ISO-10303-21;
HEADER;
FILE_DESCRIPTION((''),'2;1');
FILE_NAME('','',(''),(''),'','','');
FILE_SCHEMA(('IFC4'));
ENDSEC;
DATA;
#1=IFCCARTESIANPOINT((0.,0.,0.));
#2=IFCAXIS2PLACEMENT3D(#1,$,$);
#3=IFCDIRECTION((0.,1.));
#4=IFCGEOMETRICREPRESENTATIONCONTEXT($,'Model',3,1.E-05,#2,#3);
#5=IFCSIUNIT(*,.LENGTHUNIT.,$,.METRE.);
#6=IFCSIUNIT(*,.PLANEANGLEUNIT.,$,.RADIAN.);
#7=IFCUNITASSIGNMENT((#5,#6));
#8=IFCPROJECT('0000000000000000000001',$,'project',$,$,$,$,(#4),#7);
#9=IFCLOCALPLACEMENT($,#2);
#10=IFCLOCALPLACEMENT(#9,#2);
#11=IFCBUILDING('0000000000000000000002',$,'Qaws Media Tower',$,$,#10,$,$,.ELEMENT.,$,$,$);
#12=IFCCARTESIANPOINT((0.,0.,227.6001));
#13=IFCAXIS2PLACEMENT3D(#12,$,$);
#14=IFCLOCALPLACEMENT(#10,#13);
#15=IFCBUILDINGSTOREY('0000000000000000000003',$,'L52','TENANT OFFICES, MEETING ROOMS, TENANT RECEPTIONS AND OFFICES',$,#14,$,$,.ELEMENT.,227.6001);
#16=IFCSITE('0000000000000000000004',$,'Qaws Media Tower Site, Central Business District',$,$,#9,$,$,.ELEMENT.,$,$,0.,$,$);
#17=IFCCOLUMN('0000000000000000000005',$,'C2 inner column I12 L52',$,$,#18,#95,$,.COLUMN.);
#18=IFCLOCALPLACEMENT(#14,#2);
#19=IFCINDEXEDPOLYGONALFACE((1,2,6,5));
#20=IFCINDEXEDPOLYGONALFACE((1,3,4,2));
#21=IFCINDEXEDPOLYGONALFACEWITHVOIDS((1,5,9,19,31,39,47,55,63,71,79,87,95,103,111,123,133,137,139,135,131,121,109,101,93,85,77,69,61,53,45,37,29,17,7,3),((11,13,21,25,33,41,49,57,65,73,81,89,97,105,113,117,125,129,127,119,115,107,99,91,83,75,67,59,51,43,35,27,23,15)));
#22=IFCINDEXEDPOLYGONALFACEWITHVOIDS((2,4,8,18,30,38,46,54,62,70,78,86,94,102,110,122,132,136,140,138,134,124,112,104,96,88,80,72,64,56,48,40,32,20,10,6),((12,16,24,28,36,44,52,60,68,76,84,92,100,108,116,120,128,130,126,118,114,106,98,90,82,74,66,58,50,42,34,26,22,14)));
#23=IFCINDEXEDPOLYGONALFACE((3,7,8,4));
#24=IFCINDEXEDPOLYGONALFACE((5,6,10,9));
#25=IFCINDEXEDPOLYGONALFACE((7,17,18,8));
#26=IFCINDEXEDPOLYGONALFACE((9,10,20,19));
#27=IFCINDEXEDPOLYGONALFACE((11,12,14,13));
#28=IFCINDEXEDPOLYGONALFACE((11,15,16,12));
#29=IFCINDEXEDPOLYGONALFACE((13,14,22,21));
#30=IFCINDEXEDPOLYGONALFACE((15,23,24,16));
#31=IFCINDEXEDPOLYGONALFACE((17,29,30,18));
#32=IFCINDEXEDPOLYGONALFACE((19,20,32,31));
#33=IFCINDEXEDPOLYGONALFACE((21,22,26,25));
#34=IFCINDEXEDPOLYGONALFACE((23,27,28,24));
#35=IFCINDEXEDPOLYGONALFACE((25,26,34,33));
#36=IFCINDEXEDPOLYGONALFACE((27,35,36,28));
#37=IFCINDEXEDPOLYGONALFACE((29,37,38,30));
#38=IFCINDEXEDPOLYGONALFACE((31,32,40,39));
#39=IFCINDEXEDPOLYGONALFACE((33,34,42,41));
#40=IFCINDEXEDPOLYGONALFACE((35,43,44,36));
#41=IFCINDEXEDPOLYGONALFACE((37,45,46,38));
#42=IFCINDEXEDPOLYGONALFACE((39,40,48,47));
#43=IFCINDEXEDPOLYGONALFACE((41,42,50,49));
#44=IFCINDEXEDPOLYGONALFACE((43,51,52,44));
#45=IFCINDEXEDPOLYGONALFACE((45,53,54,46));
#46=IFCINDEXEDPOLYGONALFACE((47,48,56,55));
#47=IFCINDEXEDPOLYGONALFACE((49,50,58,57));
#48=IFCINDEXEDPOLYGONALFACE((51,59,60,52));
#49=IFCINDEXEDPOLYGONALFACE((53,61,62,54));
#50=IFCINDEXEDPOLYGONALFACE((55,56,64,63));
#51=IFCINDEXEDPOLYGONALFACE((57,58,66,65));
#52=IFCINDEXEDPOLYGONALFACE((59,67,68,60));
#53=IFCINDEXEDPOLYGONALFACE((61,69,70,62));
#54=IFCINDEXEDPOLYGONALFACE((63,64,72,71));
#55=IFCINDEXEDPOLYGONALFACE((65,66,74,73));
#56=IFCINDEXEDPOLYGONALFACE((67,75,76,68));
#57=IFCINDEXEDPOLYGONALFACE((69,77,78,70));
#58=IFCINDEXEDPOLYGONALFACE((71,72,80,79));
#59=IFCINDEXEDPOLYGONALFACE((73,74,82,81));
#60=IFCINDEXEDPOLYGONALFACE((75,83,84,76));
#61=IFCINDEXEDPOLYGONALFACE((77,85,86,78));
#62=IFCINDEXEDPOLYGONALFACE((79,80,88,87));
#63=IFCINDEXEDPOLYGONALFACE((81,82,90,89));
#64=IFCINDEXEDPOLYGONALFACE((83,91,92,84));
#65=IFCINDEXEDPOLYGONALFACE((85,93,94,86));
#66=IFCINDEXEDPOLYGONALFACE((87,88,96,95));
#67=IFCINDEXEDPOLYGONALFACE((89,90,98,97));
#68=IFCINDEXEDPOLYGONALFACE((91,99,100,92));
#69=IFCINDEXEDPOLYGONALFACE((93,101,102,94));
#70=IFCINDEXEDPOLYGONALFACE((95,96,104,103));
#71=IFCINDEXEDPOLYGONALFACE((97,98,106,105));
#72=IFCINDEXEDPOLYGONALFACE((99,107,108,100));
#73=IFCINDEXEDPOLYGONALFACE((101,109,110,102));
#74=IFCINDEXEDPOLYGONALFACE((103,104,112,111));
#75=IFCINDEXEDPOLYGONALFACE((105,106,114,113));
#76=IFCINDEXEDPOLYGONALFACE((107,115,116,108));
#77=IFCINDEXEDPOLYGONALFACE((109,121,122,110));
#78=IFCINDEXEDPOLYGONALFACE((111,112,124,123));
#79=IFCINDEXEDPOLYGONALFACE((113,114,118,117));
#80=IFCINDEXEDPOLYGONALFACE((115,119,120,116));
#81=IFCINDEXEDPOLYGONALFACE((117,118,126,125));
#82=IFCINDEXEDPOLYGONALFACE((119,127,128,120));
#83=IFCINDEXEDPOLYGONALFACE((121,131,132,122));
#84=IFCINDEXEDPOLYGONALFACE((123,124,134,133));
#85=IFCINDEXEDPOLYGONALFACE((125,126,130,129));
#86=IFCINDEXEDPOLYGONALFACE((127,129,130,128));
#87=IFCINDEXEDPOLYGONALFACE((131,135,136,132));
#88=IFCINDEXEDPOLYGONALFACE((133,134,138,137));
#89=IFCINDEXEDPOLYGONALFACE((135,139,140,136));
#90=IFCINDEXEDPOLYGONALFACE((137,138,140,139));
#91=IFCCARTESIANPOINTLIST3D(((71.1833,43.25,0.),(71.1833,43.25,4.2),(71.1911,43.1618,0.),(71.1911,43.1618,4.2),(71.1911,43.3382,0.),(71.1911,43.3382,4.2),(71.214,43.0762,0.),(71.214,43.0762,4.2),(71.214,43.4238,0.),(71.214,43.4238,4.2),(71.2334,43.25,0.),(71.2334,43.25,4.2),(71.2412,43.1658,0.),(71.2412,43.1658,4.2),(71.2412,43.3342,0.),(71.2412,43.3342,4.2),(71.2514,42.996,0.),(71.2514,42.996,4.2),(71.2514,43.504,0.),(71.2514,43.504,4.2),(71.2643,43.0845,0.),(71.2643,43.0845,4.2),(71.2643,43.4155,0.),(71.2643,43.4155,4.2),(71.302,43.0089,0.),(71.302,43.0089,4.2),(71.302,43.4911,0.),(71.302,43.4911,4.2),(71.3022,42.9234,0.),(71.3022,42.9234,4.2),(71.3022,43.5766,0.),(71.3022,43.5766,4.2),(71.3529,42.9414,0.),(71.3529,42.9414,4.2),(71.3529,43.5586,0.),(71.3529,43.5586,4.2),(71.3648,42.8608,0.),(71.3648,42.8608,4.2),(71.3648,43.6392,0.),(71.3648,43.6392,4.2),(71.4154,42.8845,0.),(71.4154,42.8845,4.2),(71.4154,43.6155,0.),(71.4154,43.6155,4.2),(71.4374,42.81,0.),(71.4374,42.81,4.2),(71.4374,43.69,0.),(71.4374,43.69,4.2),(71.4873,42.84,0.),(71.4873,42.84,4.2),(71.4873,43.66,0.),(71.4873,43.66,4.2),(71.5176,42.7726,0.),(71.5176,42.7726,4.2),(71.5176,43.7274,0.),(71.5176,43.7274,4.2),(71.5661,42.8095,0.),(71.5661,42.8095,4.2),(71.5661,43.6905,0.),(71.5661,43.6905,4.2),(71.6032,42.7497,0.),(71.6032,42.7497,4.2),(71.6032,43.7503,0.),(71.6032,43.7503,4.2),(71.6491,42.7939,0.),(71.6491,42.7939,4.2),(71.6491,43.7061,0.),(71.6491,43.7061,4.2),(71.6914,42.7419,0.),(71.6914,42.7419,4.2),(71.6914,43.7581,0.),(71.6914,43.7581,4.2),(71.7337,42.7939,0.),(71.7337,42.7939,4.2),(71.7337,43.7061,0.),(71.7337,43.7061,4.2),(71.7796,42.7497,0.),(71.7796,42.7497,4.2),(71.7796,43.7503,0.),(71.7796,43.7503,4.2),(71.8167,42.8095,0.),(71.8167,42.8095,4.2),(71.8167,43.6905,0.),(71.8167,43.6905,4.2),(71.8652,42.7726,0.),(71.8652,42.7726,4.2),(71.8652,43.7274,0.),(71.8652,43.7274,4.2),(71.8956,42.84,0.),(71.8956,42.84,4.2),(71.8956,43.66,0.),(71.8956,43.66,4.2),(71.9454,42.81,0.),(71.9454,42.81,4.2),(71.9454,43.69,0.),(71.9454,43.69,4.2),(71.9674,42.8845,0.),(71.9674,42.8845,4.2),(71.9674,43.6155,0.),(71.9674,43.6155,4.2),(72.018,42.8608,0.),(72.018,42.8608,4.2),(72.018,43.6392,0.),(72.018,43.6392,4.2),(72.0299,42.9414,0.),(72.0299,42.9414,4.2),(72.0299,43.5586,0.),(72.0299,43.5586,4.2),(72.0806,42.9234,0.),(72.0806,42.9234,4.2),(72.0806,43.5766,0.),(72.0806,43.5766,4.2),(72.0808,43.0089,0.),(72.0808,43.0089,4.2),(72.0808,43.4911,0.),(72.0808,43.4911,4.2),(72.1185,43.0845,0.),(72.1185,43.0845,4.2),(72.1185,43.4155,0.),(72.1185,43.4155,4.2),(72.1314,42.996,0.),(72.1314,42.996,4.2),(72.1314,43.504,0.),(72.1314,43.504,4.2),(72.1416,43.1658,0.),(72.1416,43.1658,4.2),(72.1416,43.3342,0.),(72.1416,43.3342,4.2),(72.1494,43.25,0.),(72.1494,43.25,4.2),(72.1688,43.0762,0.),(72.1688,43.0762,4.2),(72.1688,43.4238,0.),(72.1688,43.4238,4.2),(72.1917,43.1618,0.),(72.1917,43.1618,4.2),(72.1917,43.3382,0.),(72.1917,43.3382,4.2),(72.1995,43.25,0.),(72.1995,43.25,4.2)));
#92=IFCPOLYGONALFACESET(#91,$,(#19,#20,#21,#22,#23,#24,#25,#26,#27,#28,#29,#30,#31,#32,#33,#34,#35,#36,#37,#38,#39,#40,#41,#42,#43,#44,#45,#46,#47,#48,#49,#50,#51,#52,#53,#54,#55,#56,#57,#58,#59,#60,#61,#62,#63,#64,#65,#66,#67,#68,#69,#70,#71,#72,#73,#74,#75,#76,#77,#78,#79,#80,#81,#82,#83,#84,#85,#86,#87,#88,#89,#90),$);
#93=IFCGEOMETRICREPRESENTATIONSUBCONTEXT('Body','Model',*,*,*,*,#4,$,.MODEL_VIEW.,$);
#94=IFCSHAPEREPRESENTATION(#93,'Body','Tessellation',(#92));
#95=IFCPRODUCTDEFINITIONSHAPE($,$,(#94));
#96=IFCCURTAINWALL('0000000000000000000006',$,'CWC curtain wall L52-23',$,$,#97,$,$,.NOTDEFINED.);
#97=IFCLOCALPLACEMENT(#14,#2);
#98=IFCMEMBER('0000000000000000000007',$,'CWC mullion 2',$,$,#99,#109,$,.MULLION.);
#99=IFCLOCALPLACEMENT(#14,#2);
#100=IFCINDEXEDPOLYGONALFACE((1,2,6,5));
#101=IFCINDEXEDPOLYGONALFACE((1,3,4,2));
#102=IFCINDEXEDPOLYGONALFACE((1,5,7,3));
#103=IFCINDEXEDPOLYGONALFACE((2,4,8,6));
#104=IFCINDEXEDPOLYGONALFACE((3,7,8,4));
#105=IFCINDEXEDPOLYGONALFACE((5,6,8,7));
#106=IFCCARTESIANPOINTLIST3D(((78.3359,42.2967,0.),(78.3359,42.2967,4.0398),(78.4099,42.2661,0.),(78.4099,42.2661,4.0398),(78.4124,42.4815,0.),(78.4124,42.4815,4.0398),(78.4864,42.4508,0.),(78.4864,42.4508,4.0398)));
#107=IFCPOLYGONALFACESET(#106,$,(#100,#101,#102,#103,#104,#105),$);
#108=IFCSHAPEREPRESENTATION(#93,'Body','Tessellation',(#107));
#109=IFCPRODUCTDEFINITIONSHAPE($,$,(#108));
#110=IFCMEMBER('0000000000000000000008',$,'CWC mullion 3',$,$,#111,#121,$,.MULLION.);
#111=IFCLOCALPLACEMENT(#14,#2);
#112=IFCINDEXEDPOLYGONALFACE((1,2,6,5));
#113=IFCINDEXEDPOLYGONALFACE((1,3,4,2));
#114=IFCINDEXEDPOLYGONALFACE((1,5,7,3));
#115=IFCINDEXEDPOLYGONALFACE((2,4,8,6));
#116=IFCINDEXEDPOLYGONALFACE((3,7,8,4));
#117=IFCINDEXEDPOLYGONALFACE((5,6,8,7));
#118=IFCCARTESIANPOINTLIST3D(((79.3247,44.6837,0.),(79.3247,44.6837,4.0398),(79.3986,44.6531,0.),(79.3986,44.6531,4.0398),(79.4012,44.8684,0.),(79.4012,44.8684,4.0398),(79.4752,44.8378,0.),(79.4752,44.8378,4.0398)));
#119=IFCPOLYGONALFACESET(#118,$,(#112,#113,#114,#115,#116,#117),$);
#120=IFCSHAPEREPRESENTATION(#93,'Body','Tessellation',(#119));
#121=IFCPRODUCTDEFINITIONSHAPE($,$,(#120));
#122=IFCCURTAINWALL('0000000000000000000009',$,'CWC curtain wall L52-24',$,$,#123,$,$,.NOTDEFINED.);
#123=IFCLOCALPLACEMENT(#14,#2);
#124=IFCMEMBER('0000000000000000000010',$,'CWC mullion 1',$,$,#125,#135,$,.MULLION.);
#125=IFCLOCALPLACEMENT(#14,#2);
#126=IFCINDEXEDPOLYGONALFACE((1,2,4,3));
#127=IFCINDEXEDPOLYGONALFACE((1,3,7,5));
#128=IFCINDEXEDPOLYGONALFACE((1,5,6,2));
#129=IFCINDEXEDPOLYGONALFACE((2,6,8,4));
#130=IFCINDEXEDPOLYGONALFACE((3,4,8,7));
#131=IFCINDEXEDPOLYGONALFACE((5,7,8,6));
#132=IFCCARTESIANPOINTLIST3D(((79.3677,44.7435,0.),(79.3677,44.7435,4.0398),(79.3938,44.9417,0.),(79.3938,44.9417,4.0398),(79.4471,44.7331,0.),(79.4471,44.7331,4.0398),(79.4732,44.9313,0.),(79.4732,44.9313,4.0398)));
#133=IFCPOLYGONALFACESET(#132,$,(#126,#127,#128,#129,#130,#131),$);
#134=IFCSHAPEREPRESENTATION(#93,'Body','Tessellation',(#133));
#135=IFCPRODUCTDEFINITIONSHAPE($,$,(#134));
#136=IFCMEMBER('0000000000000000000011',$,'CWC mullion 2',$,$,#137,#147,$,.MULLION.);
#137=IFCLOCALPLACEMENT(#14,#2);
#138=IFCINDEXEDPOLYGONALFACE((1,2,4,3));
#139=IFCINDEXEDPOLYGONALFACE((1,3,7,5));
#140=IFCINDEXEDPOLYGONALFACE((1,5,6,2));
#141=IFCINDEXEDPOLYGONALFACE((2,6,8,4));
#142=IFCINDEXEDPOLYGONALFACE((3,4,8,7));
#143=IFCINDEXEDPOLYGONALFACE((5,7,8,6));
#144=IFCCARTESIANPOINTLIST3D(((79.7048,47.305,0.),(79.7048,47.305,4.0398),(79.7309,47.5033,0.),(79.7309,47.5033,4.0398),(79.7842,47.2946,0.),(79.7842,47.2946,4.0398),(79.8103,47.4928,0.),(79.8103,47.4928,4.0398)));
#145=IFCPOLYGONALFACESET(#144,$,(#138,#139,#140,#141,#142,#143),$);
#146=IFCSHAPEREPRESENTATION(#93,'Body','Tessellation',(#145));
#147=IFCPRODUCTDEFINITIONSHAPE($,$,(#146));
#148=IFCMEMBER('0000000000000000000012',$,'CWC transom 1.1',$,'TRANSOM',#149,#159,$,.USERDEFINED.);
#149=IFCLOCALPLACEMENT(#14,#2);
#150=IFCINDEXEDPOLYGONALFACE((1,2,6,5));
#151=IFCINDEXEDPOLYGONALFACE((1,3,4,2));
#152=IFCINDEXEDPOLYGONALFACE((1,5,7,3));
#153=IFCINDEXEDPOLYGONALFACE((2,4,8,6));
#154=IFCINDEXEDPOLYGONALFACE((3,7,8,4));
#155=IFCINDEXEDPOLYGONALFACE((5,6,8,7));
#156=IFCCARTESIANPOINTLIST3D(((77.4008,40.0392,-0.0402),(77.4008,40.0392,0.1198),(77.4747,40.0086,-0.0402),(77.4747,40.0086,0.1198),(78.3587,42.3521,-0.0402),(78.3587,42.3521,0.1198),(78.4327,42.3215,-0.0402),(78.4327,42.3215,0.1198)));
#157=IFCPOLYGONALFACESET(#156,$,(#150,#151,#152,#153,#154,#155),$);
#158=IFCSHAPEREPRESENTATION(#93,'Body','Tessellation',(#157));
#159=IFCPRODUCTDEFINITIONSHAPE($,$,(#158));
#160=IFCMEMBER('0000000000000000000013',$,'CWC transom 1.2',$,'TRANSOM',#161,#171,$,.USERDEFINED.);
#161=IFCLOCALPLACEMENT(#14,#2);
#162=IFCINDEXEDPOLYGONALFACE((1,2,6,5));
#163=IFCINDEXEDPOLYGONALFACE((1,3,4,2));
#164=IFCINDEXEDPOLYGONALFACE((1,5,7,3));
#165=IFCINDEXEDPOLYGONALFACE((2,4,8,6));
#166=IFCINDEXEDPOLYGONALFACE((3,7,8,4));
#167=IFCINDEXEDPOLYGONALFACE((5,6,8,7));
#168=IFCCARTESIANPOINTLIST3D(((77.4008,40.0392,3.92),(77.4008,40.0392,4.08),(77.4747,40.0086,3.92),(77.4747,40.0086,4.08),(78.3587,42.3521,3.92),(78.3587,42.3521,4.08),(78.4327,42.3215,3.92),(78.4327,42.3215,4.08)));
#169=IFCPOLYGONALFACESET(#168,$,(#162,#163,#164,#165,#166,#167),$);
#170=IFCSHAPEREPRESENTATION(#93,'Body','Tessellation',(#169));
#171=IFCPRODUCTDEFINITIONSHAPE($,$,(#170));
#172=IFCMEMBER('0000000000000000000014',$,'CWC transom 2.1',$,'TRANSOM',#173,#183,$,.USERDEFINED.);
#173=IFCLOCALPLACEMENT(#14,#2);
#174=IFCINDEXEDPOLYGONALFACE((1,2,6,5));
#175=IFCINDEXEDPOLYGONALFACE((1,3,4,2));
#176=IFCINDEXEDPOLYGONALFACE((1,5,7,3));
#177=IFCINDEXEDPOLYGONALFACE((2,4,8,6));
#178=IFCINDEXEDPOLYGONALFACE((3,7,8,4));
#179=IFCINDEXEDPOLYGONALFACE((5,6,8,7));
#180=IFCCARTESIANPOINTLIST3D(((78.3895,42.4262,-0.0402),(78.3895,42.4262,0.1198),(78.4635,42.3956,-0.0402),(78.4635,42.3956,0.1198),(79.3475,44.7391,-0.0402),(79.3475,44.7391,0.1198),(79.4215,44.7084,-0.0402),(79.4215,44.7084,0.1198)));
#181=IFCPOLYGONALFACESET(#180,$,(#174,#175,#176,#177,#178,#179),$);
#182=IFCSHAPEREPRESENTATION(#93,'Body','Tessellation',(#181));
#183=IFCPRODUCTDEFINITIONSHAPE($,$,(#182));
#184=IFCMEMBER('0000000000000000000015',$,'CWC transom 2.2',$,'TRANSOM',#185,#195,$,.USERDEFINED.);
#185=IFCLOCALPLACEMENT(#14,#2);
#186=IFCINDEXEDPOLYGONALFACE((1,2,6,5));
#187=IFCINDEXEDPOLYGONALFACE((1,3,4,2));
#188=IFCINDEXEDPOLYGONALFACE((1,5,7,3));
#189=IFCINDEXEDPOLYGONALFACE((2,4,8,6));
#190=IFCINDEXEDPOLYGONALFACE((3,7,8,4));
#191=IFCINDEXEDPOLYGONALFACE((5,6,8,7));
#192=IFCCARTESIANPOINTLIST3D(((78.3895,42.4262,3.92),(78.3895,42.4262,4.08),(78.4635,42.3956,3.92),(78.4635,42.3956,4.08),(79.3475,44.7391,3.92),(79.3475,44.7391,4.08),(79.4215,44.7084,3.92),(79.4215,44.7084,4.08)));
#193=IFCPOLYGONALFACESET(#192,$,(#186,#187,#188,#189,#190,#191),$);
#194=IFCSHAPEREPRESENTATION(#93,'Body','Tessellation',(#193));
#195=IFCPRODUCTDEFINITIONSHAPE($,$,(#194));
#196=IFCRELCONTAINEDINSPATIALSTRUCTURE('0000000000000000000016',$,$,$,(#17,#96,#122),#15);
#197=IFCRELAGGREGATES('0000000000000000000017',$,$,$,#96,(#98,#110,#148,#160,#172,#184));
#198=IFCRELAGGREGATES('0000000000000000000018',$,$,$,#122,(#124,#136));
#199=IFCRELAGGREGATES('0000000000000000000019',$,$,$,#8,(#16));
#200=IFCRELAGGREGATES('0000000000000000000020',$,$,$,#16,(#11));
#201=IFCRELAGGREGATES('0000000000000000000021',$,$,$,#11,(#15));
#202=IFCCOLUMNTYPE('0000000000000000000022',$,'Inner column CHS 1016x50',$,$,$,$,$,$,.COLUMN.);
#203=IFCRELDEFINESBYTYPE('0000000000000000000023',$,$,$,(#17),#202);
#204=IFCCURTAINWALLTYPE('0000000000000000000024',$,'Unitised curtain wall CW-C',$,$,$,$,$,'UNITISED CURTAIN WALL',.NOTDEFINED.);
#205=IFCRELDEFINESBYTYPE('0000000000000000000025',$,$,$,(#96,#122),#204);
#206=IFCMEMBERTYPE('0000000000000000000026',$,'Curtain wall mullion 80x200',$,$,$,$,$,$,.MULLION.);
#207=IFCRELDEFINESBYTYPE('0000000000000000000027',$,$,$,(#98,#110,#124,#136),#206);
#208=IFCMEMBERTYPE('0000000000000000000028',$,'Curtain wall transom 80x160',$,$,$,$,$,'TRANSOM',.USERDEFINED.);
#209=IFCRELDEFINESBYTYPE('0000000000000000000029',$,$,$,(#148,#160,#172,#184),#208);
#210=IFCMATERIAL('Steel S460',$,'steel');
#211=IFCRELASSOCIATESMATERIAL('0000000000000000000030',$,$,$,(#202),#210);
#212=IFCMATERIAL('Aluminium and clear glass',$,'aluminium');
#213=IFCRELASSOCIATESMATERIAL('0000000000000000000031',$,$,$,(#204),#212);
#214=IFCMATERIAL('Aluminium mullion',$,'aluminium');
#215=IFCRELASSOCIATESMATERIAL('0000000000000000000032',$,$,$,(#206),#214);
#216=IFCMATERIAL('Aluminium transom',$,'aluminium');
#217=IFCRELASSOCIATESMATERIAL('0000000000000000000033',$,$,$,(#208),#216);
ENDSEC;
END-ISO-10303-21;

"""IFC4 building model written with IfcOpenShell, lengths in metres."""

from ifc_helpers import new_model, si_unit, direction, frame, origin, origin_2d, place, context, subcontext, project, spatial, rectangle, hollow_circle, extrude, material, material_profile, profile_set, type_object, element, aggregate, save


model = new_model("IFC4")

# Units and contexts
model_context = context("Model", 3, precision=1e-05, world=origin(), true_north=direction((0.0, 1.0)))
body_context = subcontext(model_context, "Body", "Model", "MODEL_VIEW")
ifc_project = project(units=[si_unit("LENGTHUNIT", "METRE"), si_unit("PLANEANGLEUNIT", "RADIAN")], contexts=[model_context])

# Site, building, storey
site_placement = place(None, origin())
site = spatial("IfcSite", under=ifc_project, at=site_placement, Name="Qaws Media Tower Site, Central Business District", CompositionType="ELEMENT", RefElevation=0.0)
building_placement = place(site_placement, origin())
building = spatial("IfcBuilding", under=site, at=building_placement, Name="Qaws Media Tower", CompositionType="ELEMENT")
storey_placement = place(building_placement, frame((0.0, 0.0, 227.6001)))
storey = spatial("IfcBuildingStorey", under=building, at=storey_placement, Name="L52", Description="TENANT OFFICES, MEETING ROOMS, TENANT RECEPTIONS AND OFFICES", CompositionType="ELEMENT", Elevation=227.6001)

# Column
ifc_material_1 = material(Name="Steel S460", Category="steel")
ifc_material_profile_1 = material_profile(ifc_material_1, hollow_circle(Radius=0.5081, WallThickness=0.05, at=origin_2d()), Name="CHS 1016x50")
ifc_profile_set_1 = profile_set([ifc_material_profile_1], Name="Steel S460")
column_type = type_object("IfcColumnType", Name="Inner column CHS 1016x50", PredefinedType="COLUMN", material=ifc_profile_set_1)
column_placement = place(storey_placement, frame((71.6914, 43.25, 0.0), z_axis=(0.0, 0.0, 1.0), x_axis=(1.0, 0.0, 0.0)))
element("IfcColumn", 1, at=column_placement, inside=storey, type_object=column_type, Name="C2 inner column I12 L52", PredefinedType="COLUMN", context=body_context, shape_type="SweptSolid", body=[
    extrude(hollow_circle(Radius=0.5081, WallThickness=0.05, at=origin_2d()), origin(), (0.0, 0.0, 1.0), 4.2),
])

# Curtain walls, members
ifc_material_2 = material(Name="Aluminium and clear glass", Category="aluminium")
curtain_wall_type = type_object("IfcCurtainWallType", Name="Unitised curtain wall CW-C", ElementType="UNITISED CURTAIN WALL", PredefinedType="NOTDEFINED", material=ifc_material_2)
curtain_wall_1_placement = place(storey_placement, origin())
curtain_wall_1 = element("IfcCurtainWall", 2, at=curtain_wall_1_placement, inside=storey, type_object=curtain_wall_type, Name="CWC curtain wall L52-23", PredefinedType="NOTDEFINED")
ifc_material_3 = material(Name="Aluminium mullion", Category="aluminium")
ifc_material_profile_2 = material_profile(ifc_material_3, rectangle(XDim=0.0801, YDim=0.2, at=origin_2d()), Name="80x200")
ifc_profile_set_2 = profile_set([ifc_material_profile_2], Name="Aluminium mullion")
member_type_1 = type_object("IfcMemberType", Name="Curtain wall mullion 80x200", PredefinedType="MULLION", material=ifc_profile_set_2)
member_1_placement = place(storey_placement, frame((78.4111, 42.3738, 0.0), z_axis=(0.0, 0.0, 1.0), x_axis=(-0.92388, 0.382683, 0.0)))
member_1 = element("IfcMember", 3, at=member_1_placement, type_object=member_type_1, Name="CWC mullion 2", PredefinedType="MULLION", context=body_context, shape_type="SweptSolid", body=[
    extrude(rectangle(XDim=0.0801, YDim=0.2, at=origin_2d()), origin(), (0.0, 0.0, 1.0), 4.0398),
])
member_2_placement = place(storey_placement, frame((79.3999, 44.7607, 0.0), z_axis=(0.0, 0.0, 1.0), x_axis=(-0.92388, 0.382683, 0.0)))
member_2 = element("IfcMember", 4, at=member_2_placement, type_object=member_type_1, Name="CWC mullion 3", PredefinedType="MULLION", context=body_context, shape_type="SweptSolid", body=[
    extrude(rectangle(XDim=0.0801, YDim=0.2, at=origin_2d()), origin(), (0.0, 0.0, 1.0), 4.0398),
])
curtain_wall_2_placement = place(storey_placement, origin())
curtain_wall_2 = element("IfcCurtainWall", 5, at=curtain_wall_2_placement, inside=storey, type_object=curtain_wall_type, Name="CWC curtain wall L52-24", PredefinedType="NOTDEFINED")
member_3_placement = place(storey_placement, frame((79.4204, 44.8374, 0.0), z_axis=(0.0, 0.0, 1.0), x_axis=(-0.991445, 0.130526, 0.0)))
member_3 = element("IfcMember", 6, at=member_3_placement, type_object=member_type_1, Name="CWC mullion 1", PredefinedType="MULLION", context=body_context, shape_type="SweptSolid", body=[
    extrude(rectangle(XDim=0.0801, YDim=0.2, at=origin_2d()), origin(), (0.0, 0.0, 1.0), 4.0398),
])
member_4_placement = place(storey_placement, frame((79.7576, 47.3989, 0.0), z_axis=(0.0, 0.0, 1.0), x_axis=(-0.991445, 0.130526, 0.0)))
member_4 = element("IfcMember", 7, at=member_4_placement, type_object=member_type_1, Name="CWC mullion 2", PredefinedType="MULLION", context=body_context, shape_type="SweptSolid", body=[
    extrude(rectangle(XDim=0.0801, YDim=0.2, at=origin_2d()), origin(), (0.0, 0.0, 1.0), 4.0398),
])

# Members
ifc_material_4 = material(Name="Aluminium transom", Category="aluminium")
ifc_material_profile_3 = material_profile(ifc_material_4, rectangle(XDim=0.0801, YDim=0.1599, at=origin_2d()), Name="80x160")
ifc_profile_set_3 = profile_set([ifc_material_profile_3], Name="Aluminium transom")
member_type_2 = type_object("IfcMemberType", Name="Curtain wall transom 80x160", ElementType="TRANSOM", PredefinedType="USERDEFINED", material=ifc_profile_set_3)
member_5_placement = place(storey_placement, frame((77.4377, 40.0239, 0.0398), z_axis=(0.382662, 0.923888, 0.0), x_axis=(-0.923888, 0.382662, 0.0)))
member_5 = element("IfcMember", 8, at=member_5_placement, type_object=member_type_2, Name="CWC transom 1.1", ObjectType="TRANSOM", PredefinedType="USERDEFINED", context=body_context, shape_type="SweptSolid", body=[
    extrude(rectangle(XDim=0.0801, YDim=0.1599, at=origin_2d()), origin(), (0.0, 0.0, 1.0), 2.5034),
])
member_6_placement = place(storey_placement, frame((77.4377, 40.0239, 4.0), z_axis=(0.382662, 0.923888, 0.0), x_axis=(-0.923888, 0.382662, 0.0)))
member_6 = element("IfcMember", 9, at=member_6_placement, type_object=member_type_2, Name="CWC transom 1.2", ObjectType="TRANSOM", PredefinedType="USERDEFINED", context=body_context, shape_type="SweptSolid", body=[
    extrude(rectangle(XDim=0.0801, YDim=0.1599, at=origin_2d()), origin(), (0.0, 0.0, 1.0), 2.5034),
])
member_7_placement = place(storey_placement, frame((78.4265, 42.4109, 0.0398), z_axis=(0.382662, 0.923888, 0.0), x_axis=(-0.923888, 0.382662, 0.0)))
member_7 = element("IfcMember", 10, at=member_7_placement, type_object=member_type_2, Name="CWC transom 2.1", ObjectType="TRANSOM", PredefinedType="USERDEFINED", context=body_context, shape_type="SweptSolid", body=[
    extrude(rectangle(XDim=0.0801, YDim=0.1599, at=origin_2d()), origin(), (0.0, 0.0, 1.0), 2.5034),
])
member_8_placement = place(storey_placement, frame((78.4265, 42.4109, 4.0), z_axis=(0.382662, 0.923888, 0.0), x_axis=(-0.923888, 0.382662, 0.0)))
member_8 = element("IfcMember", 11, at=member_8_placement, type_object=member_type_2, Name="CWC transom 2.2", ObjectType="TRANSOM", PredefinedType="USERDEFINED", context=body_context, shape_type="SweptSolid", body=[
    extrude(rectangle(XDim=0.0801, YDim=0.1599, at=origin_2d()), origin(), (0.0, 0.0, 1.0), 2.5034),
])

aggregate(curtain_wall_1, [member_1, member_2, member_5, member_6, member_7, member_8])
aggregate(curtain_wall_2, [member_3, member_4])

save(model, "model.ifc")
